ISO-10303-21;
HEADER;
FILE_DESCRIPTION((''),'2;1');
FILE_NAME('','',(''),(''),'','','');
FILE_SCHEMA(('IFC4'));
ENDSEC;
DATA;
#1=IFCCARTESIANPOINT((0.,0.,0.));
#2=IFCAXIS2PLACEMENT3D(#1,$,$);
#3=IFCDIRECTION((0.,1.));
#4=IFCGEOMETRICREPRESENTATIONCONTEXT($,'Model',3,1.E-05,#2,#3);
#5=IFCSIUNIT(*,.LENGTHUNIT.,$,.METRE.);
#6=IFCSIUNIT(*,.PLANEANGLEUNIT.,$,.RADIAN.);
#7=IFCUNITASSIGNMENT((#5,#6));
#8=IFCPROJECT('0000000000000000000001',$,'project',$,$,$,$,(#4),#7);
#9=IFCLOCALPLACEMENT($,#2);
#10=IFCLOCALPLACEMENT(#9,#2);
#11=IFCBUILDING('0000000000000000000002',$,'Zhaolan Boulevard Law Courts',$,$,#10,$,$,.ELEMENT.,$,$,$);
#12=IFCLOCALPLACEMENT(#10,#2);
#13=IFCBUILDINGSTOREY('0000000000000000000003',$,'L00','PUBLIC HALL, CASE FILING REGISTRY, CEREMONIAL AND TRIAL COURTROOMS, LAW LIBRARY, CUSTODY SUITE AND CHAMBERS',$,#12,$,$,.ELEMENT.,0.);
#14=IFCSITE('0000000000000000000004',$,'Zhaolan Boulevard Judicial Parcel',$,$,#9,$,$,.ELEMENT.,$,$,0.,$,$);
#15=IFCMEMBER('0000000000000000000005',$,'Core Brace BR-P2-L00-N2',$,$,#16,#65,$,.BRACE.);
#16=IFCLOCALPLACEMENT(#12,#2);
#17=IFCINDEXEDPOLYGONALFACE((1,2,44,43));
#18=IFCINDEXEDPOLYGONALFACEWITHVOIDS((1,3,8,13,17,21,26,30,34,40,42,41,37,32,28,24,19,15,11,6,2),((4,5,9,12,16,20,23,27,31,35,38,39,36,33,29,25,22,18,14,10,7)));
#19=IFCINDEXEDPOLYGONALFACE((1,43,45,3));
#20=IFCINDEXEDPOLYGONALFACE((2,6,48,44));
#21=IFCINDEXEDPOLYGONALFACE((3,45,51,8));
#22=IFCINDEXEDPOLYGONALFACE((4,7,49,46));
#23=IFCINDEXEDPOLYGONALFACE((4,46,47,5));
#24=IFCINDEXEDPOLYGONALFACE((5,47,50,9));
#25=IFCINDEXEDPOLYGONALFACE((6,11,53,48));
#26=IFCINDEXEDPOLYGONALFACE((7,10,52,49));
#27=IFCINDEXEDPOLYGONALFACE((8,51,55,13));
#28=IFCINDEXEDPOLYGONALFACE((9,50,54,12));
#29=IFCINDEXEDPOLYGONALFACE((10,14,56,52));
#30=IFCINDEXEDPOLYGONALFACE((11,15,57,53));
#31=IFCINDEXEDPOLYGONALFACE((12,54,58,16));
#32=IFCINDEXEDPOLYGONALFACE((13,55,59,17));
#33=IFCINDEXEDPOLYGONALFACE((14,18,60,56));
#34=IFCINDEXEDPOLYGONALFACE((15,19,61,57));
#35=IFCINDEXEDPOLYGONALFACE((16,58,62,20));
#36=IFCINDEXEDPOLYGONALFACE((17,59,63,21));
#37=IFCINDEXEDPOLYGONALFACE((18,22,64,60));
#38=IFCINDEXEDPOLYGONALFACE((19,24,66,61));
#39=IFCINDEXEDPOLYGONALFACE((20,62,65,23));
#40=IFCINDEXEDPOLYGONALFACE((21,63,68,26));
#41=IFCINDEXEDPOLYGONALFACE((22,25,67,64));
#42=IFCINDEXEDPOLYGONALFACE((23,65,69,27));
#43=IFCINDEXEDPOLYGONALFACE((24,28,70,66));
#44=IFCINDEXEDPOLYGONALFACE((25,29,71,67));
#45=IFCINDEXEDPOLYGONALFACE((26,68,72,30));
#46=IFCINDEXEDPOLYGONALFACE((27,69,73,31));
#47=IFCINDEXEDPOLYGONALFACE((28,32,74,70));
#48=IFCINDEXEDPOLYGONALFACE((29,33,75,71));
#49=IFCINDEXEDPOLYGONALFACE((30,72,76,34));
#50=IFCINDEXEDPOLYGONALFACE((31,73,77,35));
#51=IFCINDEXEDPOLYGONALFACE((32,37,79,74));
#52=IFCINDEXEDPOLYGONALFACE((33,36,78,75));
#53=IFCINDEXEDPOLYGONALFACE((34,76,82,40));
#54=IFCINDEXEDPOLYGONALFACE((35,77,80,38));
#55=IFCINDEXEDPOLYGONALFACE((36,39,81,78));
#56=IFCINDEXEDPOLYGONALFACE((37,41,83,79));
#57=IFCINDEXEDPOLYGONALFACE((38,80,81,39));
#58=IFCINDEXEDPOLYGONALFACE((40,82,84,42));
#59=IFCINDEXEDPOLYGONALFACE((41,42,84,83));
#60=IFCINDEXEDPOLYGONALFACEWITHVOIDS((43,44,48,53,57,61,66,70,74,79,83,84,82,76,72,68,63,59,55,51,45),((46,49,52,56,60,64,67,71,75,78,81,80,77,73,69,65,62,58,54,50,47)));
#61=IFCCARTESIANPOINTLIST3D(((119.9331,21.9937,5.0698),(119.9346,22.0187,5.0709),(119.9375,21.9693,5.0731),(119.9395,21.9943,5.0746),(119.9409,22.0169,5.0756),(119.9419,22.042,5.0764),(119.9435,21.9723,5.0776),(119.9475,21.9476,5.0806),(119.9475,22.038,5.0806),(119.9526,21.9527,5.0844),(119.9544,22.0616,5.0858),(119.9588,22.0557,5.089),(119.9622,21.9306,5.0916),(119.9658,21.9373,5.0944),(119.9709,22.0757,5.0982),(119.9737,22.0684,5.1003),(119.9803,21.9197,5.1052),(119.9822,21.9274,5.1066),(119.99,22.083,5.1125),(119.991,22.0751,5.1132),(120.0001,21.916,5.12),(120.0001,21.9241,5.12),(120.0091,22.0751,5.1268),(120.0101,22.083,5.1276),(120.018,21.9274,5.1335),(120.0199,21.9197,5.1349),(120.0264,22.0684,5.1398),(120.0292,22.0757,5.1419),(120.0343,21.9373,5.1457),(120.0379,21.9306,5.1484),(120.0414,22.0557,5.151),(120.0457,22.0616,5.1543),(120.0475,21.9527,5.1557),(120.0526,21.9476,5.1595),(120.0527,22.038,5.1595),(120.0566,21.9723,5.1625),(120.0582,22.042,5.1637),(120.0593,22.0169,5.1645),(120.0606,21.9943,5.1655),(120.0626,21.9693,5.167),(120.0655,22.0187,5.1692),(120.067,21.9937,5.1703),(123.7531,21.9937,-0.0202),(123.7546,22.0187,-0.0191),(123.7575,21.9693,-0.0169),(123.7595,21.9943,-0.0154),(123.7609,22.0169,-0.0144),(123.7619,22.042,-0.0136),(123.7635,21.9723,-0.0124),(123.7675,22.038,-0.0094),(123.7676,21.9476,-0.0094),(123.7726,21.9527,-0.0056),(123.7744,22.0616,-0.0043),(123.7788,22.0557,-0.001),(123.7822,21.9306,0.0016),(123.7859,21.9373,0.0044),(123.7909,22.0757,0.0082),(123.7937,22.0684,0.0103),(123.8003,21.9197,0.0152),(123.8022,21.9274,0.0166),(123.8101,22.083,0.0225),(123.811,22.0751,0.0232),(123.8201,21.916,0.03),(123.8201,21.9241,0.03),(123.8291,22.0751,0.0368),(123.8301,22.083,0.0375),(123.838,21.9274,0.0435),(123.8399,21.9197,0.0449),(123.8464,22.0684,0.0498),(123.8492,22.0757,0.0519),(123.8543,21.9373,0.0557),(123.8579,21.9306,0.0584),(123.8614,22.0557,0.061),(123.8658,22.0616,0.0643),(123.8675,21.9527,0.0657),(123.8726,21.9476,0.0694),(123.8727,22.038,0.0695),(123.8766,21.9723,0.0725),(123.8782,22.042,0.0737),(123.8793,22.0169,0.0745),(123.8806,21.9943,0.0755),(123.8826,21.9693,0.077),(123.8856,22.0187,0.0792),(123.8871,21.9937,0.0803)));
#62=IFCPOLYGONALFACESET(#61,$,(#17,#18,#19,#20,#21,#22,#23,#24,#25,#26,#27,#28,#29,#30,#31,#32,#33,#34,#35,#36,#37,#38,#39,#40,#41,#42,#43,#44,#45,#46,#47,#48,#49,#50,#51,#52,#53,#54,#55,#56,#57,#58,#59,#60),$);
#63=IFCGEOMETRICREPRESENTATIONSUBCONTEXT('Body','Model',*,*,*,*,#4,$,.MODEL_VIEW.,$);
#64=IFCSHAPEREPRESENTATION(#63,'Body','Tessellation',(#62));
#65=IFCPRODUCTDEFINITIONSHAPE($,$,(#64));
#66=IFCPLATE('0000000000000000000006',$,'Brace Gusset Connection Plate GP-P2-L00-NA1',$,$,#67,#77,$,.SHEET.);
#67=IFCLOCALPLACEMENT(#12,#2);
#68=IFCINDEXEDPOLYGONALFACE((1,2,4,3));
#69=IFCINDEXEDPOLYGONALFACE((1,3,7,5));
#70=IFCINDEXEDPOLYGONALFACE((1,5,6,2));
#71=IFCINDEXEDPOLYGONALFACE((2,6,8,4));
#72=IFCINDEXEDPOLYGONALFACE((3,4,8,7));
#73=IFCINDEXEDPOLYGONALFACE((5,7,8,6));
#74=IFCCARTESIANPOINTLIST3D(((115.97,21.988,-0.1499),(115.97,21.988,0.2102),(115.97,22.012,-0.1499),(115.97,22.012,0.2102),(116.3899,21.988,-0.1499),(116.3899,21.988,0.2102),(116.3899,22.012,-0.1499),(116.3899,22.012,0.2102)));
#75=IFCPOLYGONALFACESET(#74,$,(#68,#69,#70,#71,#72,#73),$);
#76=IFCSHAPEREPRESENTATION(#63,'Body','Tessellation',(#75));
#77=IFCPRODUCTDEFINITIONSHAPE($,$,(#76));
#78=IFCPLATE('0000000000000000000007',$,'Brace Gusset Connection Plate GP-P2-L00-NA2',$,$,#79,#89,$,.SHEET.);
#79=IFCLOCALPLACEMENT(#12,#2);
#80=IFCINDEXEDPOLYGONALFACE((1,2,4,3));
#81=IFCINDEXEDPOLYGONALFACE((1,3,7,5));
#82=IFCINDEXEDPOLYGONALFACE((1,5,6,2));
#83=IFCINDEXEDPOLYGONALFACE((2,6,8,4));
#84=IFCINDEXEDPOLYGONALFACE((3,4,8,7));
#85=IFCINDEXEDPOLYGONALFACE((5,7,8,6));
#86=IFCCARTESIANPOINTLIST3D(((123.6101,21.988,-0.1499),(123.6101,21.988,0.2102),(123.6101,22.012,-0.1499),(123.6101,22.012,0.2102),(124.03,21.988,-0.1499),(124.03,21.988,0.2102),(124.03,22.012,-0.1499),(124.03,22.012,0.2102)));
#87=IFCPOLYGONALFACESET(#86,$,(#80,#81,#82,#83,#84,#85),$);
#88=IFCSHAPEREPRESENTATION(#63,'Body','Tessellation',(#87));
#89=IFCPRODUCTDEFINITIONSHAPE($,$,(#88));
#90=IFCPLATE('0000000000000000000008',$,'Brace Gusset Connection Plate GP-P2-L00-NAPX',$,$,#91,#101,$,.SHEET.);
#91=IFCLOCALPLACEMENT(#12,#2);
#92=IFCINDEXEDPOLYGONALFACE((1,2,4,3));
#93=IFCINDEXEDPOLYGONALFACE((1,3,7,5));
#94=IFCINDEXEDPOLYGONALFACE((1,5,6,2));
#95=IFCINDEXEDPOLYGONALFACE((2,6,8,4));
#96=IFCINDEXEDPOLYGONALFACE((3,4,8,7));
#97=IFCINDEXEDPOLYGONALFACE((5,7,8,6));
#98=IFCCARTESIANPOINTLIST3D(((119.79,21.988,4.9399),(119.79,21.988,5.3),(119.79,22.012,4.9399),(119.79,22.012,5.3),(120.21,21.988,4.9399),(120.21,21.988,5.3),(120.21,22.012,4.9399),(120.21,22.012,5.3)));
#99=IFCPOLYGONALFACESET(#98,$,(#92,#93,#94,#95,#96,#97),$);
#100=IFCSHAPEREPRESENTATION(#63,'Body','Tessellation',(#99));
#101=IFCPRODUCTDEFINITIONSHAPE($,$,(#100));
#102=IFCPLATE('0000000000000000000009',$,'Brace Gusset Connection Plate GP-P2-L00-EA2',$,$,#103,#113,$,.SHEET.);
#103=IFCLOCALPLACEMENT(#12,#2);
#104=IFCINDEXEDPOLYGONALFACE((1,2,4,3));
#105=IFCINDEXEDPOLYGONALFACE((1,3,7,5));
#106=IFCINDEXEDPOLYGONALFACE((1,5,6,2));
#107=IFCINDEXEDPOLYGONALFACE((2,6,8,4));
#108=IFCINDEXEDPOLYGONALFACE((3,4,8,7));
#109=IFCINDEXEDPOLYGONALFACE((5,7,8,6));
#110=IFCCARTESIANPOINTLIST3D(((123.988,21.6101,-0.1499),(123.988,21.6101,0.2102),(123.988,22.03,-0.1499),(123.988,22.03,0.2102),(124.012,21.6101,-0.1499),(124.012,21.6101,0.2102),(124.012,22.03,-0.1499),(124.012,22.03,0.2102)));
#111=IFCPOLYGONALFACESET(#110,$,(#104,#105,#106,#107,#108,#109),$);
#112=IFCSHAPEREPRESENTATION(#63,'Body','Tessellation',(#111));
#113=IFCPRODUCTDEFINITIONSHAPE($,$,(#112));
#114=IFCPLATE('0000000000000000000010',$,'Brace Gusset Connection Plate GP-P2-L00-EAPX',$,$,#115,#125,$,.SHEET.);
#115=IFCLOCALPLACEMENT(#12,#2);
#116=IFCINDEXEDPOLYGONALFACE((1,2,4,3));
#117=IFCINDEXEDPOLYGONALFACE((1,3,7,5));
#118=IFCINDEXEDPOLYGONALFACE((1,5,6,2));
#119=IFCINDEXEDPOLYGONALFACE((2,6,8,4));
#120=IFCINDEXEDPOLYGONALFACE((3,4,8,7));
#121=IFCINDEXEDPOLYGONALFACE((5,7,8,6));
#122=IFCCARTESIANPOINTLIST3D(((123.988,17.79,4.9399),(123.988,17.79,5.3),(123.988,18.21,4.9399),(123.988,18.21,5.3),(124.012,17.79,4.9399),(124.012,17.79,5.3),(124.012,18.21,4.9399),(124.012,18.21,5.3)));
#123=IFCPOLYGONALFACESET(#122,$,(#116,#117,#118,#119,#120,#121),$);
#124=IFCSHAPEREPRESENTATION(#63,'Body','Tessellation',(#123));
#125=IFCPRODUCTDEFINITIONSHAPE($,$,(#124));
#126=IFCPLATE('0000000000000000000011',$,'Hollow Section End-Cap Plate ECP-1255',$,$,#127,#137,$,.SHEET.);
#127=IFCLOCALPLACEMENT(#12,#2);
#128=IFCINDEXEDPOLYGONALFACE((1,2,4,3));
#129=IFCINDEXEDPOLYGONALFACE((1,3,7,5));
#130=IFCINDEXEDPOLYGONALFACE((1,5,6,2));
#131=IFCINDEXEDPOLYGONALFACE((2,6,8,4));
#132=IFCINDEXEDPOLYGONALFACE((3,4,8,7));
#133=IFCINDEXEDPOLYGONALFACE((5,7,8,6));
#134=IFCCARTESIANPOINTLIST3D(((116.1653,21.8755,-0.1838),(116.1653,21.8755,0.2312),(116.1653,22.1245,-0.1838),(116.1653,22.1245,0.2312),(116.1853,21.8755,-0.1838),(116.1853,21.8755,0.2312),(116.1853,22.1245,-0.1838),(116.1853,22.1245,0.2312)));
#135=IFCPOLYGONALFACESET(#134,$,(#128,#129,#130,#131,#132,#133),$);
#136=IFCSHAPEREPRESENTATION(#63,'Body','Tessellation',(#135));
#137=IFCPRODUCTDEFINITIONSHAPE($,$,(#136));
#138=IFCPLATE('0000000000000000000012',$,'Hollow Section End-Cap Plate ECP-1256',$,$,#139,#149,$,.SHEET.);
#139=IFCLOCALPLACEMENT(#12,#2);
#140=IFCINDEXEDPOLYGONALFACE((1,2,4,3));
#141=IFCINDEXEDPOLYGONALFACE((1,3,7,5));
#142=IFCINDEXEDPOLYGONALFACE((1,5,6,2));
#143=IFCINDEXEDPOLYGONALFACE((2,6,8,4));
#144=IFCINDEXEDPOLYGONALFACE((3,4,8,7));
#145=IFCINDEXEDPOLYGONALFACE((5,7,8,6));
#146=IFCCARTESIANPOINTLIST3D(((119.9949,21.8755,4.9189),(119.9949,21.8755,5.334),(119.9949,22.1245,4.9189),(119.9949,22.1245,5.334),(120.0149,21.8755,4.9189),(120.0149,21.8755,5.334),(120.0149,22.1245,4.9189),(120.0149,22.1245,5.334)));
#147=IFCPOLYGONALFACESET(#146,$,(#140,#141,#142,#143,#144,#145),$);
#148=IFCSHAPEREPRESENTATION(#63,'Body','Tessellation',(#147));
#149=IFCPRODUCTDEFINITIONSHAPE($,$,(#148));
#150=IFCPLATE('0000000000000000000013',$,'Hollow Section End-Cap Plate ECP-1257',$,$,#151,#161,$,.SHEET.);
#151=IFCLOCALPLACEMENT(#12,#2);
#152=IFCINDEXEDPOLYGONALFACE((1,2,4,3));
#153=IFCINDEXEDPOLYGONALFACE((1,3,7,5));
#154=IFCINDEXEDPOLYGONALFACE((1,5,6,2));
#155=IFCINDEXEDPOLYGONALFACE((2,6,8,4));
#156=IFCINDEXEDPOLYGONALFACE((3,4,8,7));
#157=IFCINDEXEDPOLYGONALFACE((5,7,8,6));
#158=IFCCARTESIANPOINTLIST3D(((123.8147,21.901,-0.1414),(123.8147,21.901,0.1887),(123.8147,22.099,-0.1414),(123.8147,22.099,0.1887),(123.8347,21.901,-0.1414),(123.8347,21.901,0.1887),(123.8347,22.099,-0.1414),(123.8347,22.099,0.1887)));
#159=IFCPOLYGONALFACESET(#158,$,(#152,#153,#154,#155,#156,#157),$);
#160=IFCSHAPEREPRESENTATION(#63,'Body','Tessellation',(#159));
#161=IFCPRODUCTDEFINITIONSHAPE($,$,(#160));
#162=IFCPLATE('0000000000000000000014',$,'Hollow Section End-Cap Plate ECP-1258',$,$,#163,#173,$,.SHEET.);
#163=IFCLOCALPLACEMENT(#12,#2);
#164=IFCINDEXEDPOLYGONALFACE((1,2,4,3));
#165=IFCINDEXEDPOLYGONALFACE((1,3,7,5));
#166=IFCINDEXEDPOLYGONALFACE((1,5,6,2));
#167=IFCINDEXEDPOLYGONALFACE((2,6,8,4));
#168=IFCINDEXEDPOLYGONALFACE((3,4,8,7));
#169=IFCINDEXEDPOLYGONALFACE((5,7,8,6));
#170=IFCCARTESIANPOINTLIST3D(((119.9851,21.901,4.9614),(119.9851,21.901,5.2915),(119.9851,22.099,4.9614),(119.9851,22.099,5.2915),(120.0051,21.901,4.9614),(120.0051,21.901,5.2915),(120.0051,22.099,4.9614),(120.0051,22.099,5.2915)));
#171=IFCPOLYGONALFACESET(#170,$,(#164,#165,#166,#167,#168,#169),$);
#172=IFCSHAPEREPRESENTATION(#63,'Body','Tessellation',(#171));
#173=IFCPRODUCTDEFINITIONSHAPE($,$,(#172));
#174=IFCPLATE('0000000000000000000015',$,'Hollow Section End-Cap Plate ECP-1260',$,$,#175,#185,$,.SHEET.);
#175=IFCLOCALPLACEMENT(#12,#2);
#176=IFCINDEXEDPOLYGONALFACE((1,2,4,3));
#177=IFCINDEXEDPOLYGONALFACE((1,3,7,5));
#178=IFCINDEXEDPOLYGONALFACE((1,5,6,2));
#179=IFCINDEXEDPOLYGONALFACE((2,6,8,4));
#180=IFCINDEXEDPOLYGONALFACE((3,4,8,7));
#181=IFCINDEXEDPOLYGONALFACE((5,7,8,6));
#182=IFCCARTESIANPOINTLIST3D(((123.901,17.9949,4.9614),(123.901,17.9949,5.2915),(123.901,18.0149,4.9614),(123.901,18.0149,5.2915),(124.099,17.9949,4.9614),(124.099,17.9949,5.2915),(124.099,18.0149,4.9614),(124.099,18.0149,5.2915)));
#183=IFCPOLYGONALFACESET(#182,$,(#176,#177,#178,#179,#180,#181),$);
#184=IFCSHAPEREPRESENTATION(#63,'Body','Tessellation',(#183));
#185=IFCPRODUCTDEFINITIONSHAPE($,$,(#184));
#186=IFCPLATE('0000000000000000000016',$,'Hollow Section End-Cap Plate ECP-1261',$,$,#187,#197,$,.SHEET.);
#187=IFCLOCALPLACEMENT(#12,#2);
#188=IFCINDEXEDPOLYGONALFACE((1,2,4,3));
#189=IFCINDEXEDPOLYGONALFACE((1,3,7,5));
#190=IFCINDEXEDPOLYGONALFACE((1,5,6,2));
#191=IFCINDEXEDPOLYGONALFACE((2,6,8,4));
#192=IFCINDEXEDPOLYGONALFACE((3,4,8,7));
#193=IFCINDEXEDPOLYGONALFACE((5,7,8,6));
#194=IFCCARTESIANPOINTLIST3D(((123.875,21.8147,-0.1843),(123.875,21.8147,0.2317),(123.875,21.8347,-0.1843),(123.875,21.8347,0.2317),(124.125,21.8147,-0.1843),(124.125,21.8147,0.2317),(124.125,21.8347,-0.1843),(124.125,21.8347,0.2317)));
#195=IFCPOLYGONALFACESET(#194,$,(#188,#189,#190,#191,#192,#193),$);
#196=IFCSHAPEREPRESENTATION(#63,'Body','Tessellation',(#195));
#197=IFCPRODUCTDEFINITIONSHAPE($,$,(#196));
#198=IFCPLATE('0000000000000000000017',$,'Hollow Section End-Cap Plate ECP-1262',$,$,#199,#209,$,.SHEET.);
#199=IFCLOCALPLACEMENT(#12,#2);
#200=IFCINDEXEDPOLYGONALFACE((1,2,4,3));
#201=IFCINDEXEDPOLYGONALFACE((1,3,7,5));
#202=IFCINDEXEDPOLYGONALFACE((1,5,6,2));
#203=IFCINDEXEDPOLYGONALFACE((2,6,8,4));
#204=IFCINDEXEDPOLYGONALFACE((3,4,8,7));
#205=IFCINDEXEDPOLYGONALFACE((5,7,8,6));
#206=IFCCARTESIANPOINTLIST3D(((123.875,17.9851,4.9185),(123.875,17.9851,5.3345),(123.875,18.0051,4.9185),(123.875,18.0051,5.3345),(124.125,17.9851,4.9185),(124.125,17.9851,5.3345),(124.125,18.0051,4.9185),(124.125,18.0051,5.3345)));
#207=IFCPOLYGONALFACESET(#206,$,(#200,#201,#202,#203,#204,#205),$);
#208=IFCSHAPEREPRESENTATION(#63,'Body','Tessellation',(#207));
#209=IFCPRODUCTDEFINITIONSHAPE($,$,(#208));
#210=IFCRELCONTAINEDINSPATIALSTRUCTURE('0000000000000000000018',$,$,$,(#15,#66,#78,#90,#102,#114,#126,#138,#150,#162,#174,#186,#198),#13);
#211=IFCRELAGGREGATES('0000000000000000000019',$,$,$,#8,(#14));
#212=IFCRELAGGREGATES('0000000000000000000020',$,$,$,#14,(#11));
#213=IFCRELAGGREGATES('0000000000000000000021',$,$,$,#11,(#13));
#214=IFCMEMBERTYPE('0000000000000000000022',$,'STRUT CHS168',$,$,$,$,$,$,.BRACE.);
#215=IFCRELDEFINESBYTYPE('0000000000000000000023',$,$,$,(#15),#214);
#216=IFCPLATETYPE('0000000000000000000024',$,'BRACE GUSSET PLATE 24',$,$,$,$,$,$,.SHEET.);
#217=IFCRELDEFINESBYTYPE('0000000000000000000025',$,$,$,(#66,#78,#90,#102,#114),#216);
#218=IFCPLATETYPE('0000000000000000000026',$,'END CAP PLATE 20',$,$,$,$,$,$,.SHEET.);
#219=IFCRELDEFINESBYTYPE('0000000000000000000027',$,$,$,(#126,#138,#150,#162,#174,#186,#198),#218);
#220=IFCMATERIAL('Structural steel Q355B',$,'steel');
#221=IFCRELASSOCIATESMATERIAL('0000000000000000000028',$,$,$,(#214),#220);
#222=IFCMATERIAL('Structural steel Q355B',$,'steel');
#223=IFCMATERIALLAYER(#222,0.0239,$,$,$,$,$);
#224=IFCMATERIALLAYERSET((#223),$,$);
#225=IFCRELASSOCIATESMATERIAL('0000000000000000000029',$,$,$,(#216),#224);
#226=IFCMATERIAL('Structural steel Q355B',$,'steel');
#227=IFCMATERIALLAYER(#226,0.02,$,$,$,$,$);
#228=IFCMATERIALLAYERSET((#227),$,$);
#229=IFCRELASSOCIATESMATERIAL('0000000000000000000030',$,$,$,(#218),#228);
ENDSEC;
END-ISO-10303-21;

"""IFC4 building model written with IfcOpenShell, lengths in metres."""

from ifc_helpers import new_model, si_unit, direction, frame, origin, origin_2d, place, context, subcontext, project, spatial, rectangle, hollow_circle, extrude, material, layer, layer_set, material_profile, profile_set, type_object, element, save


model = new_model("IFC4")

# Units and contexts
model_context = context("Model", 3, precision=1e-05, world=origin(), true_north=direction((0.0, 1.0)))
body_context = subcontext(model_context, "Body", "Model", "MODEL_VIEW")
ifc_project = project(units=[si_unit("LENGTHUNIT", "METRE"), si_unit("PLANEANGLEUNIT", "RADIAN")], contexts=[model_context])

# Site, building, storey
site_placement = place(None, origin())
site = spatial("IfcSite", under=ifc_project, at=site_placement, Name="Zhaolan Boulevard Judicial Parcel", CompositionType="ELEMENT", RefElevation=0.0)
building_placement = place(site_placement, origin())
building = spatial("IfcBuilding", under=site, at=building_placement, Name="Zhaolan Boulevard Law Courts", CompositionType="ELEMENT")
storey_placement = place(building_placement, origin())
storey = spatial("IfcBuildingStorey", under=building, at=storey_placement, Name="L00", Description="PUBLIC HALL, CASE FILING REGISTRY, CEREMONIAL AND TRIAL COURTROOMS, LAW LIBRARY, CUSTODY SUITE AND CHAMBERS", CompositionType="ELEMENT", Elevation=0.0)

# Member
ifc_material_1 = material(Name="Structural steel Q355B", Category="steel")
ifc_material_profile_1 = material_profile(ifc_material_1, hollow_circle(Radius=0.084, WallThickness=0.0081, at=origin_2d()), Name="CHS168x8")
ifc_profile_set_1 = profile_set([ifc_material_profile_1], Name="Structural steel Q355B")
member_type_1 = type_object("IfcMemberType", Name="STRUT CHS168", PredefinedType="BRACE", material=ifc_profile_set_1)
member_1_placement = place(storey_placement, frame((123.8201, 22.0, 0.03), z_axis=(-0.600252, 0.0, 0.799811), x_axis=(0.0, -1.0, 0.0)))
element("IfcMember", 1, at=member_1_placement, inside=storey, type_object=member_type_1, Name="Core Brace BR-P2-L00-N2", PredefinedType="BRACE", context=body_context, shape_type="SweptSolid", body=[
    extrude(hollow_circle(Radius=0.084, WallThickness=0.0081, at=origin_2d()), origin(), (0.0, 0.0, 1.0), 6.364),
])

# Plates
ifc_material_2 = material(Name="Structural steel Q355B", Category="steel")
ifc_layer_1 = layer(ifc_material_2, 0.0239)
ifc_layer_set_1 = layer_set([ifc_layer_1])
plate_type_1 = type_object("IfcPlateType", Name="BRACE GUSSET PLATE 24", PredefinedType="SHEET", material=ifc_layer_set_1)
for number, where, z_axis, x_axis, name in (
    (2, (116.1799, 22.0, -0.1499), (0.0, 0.0, 1.0), (1.0, 0.0, 0.0), "Brace Gusset Connection Plate GP-P2-L00-NA1"),
    (3, (123.8201, 22.0, -0.1499), (0.0, 0.0, 1.0), (1.0, 0.0, 0.0), "Brace Gusset Connection Plate GP-P2-L00-NA2"),
    (4, (120.0, 22.0, 4.9399), (0.0, 0.0, 1.0), (1.0, 0.0, 0.0), "Brace Gusset Connection Plate GP-P2-L00-NAPX"),
    (5, (124.0, 21.8201, -0.1499), (0.0, 0.0, 1.0), (0.0, 1.0, 0.0), "Brace Gusset Connection Plate GP-P2-L00-EA2"),
    (6, (124.0, 18.0, 4.9399), (0.0, 0.0, 1.0), (0.0, 1.0, 0.0), "Brace Gusset Connection Plate GP-P2-L00-EAPX"),
):
    element("IfcPlate", number, at=place(storey_placement, frame(where, z_axis=z_axis, x_axis=x_axis)), inside=storey, type_object=plate_type_1, Name=name, PredefinedType="SHEET", context=body_context, shape_type="SweptSolid", body=[
        extrude(rectangle(XDim=0.4199, YDim=0.0239, at=origin_2d()), origin(), (0.0, 0.0, 1.0), 0.3601),
    ])
ifc_material_3 = material(Name="Structural steel Q355B", Category="steel")
ifc_layer_2 = layer(ifc_material_3, 0.02)
ifc_layer_set_2 = layer_set([ifc_layer_2])
plate_type_2 = type_object("IfcPlateType", Name="END CAP PLATE 20", PredefinedType="SHEET", material=ifc_layer_set_2)
for number, where, z_axis, x_axis, name in (
    (7, (116.1753, 22.0, -0.1838), (0.0, 0.0, 1.0), (1.0, 0.0, 0.0), "Hollow Section End-Cap Plate ECP-1255"),
    (8, (120.0049, 22.0, 4.9189), (0.0, 0.0, 1.0), (1.0, 0.0, 0.0), "Hollow Section End-Cap Plate ECP-1256"),
):
    element("IfcPlate", number, at=place(storey_placement, frame(where, z_axis=z_axis, x_axis=x_axis)), inside=storey, type_object=plate_type_2, Name=name, PredefinedType="SHEET", context=body_context, shape_type="SweptSolid", body=[
        extrude(rectangle(XDim=0.02, YDim=0.249, at=origin_2d()), origin(), (0.0, 0.0, 1.0), 0.415),
    ])
for number, where, z_axis, x_axis, name in (
    (9, (123.8247, 22.0, -0.1414), (0.0, 0.0, 1.0), (-1.0, 0.0, 0.0), "Hollow Section End-Cap Plate ECP-1257"),
    (10, (119.9951, 22.0, 4.9614), (0.0, 0.0, 1.0), (-1.0, 0.0, 0.0), "Hollow Section End-Cap Plate ECP-1258"),
    (11, (124.0, 18.0049, 4.9614), (0.0, 0.0, 1.0), (0.0, 1.0, 0.0), "Hollow Section End-Cap Plate ECP-1260"),
):
    element("IfcPlate", number, at=place(storey_placement, frame(where, z_axis=z_axis, x_axis=x_axis)), inside=storey, type_object=plate_type_2, Name=name, PredefinedType="SHEET", context=body_context, shape_type="SweptSolid", body=[
        extrude(rectangle(XDim=0.02, YDim=0.198, at=origin_2d()), origin(), (0.0, 0.0, 1.0), 0.3301),
    ])
for number, where, z_axis, x_axis, name in (
    (12, (124.0, 21.8247, -0.1843), (0.0, 0.0, 1.0), (0.0, -1.0, 0.0), "Hollow Section End-Cap Plate ECP-1261"),
    (13, (124.0, 17.9951, 4.9185), (0.0, 0.0, 1.0), (0.0, -1.0, 0.0), "Hollow Section End-Cap Plate ECP-1262"),
):
    element("IfcPlate", number, at=place(storey_placement, frame(where, z_axis=z_axis, x_axis=x_axis)), inside=storey, type_object=plate_type_2, Name=name, PredefinedType="SHEET", context=body_context, shape_type="SweptSolid", body=[
        extrude(rectangle(XDim=0.02, YDim=0.25, at=origin_2d()), origin(), (0.0, 0.0, 1.0), 0.416),
    ])

save(model, "model.ifc")
